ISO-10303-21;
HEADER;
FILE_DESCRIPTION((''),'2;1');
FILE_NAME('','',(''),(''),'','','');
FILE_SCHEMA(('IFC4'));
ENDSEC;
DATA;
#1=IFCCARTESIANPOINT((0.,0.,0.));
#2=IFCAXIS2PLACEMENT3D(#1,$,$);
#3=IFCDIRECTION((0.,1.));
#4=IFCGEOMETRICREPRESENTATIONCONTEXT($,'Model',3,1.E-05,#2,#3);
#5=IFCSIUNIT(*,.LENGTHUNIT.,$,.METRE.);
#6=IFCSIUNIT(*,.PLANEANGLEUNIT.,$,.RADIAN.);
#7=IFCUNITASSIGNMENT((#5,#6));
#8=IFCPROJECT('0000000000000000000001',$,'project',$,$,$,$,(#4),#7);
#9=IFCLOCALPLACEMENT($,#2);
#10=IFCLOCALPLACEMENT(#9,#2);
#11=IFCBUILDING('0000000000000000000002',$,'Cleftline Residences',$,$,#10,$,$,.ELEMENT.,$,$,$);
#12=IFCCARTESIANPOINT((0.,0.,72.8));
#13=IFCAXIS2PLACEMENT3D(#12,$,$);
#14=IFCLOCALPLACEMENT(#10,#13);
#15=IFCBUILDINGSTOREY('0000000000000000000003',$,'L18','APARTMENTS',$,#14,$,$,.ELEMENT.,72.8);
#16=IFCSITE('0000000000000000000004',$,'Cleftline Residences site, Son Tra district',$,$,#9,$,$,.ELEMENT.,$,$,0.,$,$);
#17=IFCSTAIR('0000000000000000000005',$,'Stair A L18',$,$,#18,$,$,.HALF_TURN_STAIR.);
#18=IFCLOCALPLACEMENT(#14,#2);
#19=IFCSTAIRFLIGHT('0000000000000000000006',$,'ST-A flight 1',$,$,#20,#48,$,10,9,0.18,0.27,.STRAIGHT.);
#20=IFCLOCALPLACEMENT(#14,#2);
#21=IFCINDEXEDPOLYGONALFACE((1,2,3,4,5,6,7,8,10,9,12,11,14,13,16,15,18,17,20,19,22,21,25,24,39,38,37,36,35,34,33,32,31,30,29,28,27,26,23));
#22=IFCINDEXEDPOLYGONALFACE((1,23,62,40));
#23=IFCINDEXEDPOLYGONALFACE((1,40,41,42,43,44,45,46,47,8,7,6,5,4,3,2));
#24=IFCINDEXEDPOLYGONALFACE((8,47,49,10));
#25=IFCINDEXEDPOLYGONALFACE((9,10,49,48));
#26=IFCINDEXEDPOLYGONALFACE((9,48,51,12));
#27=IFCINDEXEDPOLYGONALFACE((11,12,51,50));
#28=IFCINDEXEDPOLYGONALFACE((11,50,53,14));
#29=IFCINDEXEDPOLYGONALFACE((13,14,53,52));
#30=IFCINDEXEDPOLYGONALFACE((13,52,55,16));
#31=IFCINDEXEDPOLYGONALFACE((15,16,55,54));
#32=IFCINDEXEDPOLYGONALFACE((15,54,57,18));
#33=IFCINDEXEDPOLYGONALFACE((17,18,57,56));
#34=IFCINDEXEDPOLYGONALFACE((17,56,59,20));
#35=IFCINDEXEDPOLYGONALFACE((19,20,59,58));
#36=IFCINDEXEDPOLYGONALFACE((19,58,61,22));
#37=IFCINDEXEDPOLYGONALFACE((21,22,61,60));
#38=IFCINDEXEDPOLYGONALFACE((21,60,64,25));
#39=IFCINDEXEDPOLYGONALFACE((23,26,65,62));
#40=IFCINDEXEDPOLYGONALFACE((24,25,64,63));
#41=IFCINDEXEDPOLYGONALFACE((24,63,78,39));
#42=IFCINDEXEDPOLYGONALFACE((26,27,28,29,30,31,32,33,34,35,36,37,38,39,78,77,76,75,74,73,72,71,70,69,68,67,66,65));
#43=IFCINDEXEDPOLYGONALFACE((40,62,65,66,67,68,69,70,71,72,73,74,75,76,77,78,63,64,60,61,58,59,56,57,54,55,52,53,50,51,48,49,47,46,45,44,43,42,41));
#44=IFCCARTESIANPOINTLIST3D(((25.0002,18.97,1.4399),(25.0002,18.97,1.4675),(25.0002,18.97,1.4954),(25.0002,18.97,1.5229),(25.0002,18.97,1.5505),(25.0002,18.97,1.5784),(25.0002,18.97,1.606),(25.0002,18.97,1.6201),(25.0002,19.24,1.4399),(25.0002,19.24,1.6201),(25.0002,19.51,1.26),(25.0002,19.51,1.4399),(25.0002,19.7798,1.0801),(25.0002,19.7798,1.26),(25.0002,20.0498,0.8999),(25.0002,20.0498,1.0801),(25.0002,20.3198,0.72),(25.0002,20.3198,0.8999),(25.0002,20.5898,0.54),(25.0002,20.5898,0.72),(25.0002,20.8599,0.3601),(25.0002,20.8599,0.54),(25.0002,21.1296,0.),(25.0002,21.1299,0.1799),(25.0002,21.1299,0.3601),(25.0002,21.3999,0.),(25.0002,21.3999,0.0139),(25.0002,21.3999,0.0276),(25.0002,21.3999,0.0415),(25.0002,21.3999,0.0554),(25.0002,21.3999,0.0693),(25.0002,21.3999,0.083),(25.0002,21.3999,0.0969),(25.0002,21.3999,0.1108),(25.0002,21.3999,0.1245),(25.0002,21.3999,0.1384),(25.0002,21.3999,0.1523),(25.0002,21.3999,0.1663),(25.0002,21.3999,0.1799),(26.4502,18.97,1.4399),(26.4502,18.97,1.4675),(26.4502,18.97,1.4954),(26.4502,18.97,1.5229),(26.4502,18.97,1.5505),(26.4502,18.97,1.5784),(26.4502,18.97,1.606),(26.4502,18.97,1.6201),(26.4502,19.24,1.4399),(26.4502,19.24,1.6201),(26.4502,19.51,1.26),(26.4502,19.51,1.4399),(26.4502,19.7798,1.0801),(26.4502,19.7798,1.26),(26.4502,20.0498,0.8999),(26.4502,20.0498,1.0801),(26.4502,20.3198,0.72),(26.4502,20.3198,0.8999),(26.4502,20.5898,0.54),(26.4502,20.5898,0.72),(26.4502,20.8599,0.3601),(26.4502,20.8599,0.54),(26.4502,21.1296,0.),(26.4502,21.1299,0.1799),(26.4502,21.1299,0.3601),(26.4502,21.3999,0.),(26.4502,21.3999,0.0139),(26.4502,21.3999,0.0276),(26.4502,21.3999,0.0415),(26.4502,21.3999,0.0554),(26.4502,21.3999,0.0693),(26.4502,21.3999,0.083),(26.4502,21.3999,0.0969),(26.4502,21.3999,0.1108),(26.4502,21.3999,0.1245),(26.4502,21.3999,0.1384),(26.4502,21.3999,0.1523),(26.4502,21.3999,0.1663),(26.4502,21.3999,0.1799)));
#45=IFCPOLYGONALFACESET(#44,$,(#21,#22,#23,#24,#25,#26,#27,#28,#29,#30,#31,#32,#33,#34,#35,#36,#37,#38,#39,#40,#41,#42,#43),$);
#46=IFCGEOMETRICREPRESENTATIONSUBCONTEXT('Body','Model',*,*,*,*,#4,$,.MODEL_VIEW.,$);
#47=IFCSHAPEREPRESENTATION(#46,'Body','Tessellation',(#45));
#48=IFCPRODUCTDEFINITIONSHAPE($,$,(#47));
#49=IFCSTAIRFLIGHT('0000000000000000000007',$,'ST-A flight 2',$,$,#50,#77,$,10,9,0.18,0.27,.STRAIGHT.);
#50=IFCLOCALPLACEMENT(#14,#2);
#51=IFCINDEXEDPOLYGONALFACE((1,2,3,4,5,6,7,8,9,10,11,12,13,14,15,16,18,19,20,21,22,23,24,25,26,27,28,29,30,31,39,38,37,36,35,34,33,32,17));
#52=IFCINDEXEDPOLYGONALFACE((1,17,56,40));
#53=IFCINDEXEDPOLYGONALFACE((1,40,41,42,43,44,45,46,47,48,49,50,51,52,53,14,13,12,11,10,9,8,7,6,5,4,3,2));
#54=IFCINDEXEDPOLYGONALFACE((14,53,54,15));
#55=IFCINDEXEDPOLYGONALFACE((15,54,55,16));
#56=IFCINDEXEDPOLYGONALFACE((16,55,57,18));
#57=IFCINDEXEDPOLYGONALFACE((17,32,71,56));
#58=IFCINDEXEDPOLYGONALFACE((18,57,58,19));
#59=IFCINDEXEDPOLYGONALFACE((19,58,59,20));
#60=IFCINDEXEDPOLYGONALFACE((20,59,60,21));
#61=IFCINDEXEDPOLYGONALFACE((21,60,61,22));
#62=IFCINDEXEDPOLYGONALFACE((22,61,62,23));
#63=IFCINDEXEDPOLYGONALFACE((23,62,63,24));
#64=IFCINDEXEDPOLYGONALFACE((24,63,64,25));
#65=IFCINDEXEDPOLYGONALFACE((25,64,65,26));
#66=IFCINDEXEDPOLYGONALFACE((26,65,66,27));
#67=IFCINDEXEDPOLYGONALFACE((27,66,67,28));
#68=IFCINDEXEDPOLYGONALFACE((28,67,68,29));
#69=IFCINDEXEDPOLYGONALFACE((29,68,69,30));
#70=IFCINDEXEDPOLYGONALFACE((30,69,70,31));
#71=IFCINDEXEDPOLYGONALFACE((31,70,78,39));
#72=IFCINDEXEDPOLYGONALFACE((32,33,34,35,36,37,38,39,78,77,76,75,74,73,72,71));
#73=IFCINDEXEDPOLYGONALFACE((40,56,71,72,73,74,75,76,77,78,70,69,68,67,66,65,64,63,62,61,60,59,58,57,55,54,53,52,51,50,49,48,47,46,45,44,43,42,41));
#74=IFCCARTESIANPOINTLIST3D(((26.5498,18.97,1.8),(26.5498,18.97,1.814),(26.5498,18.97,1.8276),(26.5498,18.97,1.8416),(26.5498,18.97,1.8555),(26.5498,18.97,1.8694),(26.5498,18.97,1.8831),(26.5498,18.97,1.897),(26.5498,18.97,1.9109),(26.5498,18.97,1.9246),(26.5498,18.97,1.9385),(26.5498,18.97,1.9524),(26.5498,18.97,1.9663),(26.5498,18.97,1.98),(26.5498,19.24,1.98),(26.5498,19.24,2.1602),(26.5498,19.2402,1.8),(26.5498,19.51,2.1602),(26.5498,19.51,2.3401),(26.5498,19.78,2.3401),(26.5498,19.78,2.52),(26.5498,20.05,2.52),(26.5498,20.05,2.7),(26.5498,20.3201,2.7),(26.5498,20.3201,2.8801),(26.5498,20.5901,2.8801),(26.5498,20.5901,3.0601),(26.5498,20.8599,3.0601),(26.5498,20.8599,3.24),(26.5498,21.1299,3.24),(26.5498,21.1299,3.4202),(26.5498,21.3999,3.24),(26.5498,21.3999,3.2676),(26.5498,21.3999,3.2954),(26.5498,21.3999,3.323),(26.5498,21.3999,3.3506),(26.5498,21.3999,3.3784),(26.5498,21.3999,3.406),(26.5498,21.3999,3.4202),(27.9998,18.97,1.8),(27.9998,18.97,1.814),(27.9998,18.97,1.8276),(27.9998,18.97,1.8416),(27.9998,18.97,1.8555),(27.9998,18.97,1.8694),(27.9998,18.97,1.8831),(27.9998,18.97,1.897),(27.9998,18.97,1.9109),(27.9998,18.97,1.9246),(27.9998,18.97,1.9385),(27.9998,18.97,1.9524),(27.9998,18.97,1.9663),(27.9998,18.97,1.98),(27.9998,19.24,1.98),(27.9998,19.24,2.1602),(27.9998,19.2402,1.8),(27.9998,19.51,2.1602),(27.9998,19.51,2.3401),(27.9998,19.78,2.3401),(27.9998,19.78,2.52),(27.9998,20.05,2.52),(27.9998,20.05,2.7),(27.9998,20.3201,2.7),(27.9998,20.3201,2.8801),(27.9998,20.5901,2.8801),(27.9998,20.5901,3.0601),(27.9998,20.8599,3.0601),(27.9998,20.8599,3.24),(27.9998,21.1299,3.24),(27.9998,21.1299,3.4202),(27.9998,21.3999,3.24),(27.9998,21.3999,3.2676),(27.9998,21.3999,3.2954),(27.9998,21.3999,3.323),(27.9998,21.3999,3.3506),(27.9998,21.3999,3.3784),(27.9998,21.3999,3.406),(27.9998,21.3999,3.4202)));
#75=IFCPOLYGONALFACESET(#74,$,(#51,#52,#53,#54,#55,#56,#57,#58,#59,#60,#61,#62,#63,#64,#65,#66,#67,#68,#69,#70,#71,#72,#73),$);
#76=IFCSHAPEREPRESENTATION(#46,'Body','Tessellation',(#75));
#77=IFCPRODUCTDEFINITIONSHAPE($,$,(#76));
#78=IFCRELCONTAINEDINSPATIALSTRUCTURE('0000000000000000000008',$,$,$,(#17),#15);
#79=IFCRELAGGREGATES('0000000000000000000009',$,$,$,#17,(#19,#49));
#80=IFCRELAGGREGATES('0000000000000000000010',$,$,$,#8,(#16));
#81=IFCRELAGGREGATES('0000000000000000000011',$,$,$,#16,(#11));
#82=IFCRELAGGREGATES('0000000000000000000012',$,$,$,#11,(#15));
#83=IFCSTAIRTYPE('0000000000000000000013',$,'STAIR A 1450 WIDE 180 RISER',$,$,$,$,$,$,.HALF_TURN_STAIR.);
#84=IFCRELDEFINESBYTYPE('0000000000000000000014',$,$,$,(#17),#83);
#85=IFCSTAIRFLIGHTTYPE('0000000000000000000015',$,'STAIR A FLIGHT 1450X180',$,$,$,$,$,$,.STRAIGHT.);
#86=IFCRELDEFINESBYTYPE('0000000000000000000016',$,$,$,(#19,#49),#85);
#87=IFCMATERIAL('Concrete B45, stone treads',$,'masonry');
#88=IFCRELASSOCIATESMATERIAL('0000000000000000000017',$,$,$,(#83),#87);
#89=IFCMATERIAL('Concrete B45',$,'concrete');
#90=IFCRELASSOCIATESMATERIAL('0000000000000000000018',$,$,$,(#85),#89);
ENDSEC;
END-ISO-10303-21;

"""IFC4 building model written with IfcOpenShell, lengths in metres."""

from ifc_helpers import new_model, si_unit, direction, frame, origin, place, context, subcontext, project, spatial, polyline, outline, extrude, material, type_object, element, aggregate, save


model = new_model("IFC4")

# Units and contexts
model_context = context("Model", 3, precision=1e-05, world=origin(), true_north=direction((0.0, 1.0)))
body_context = subcontext(model_context, "Body", "Model", "MODEL_VIEW")
ifc_project = project(units=[si_unit("LENGTHUNIT", "METRE"), si_unit("PLANEANGLEUNIT", "RADIAN")], contexts=[model_context])

# Site, building, storey
site_placement = place(None, origin())
site = spatial("IfcSite", under=ifc_project, at=site_placement, Name="Cleftline Residences site, Son Tra district", CompositionType="ELEMENT", RefElevation=0.0)
building_placement = place(site_placement, origin())
building = spatial("IfcBuilding", under=site, at=building_placement, Name="Cleftline Residences", CompositionType="ELEMENT")
storey_placement = place(building_placement, frame((0.0, 0.0, 72.8)))
storey = spatial("IfcBuildingStorey", under=building, at=storey_placement, Name="L18", Description="APARTMENTS", CompositionType="ELEMENT", Elevation=72.8)

# Stair, stair flights
ifc_material_1 = material(Name="Concrete B45, stone treads", Category="masonry")
stair_type = type_object("IfcStairType", Name="STAIR A 1450 WIDE 180 RISER", PredefinedType="HALF_TURN_STAIR", material=ifc_material_1)
stair_placement = place(storey_placement, origin())
stair = element("IfcStair", 1, at=stair_placement, inside=storey, type_object=stair_type, Name="Stair A L18", PredefinedType="HALF_TURN_STAIR")
ifc_material_2 = material(Name="Concrete B45", Category="concrete")
stair_flight_type = type_object("IfcStairFlightType", Name="STAIR A FLIGHT 1450X180", PredefinedType="STRAIGHT", material=ifc_material_2)
stair_flight_1_placement = place(storey_placement, frame((25.7251, 21.3999, 0.0), z_axis=(0.0, 0.0, 1.0), x_axis=(0.0, -1.0, 0.0)))
stair_flight_1 = element("IfcStairFlight", 2, at=stair_flight_1_placement, type_object=stair_flight_type, Name="ST-A flight 1", NumberOfRisers=10, NumberOfTreads=9, PredefinedType="STRAIGHT", RiserHeight=0.18, TreadLength=0.27, context=body_context, shape_type="SweptSolid", body=[
    extrude(outline(polyline([(0.0, 0.0), (0.0, 0.0139), (0.0, 0.0276), (0.0, 0.0415), (0.0, 0.0554), (0.0, 0.0693), (0.0, 0.083), (0.0, 0.0969), (0.0, 0.1108), (0.0, 0.1245), (0.0, 0.1384), (0.0, 0.1523), (0.0, 0.1663), (0.0, 0.1799), (0.27, 0.1799), (0.27, 0.3601), (0.54, 0.3601), (0.54, 0.54), (0.8101, 0.54), (0.8101, 0.72), (1.0801, 0.72), (1.0801, 0.8999), (1.3501, 0.8999), (1.3501, 1.0801), (1.6201, 1.0801), (1.6201, 1.26), (1.8899, 1.26), (1.8899, 1.4399), (2.1599, 1.4399), (2.1599, 1.6201), (2.4299, 1.6201), (2.4299, 1.8), (2.4299, 1.7722), (2.4299, 1.7446), (2.4299, 1.7168), (2.4299, 1.6892), (2.4299, 1.6614), (2.4299, 1.6338), (2.4299, 1.606), (2.4299, 1.5784), (2.4299, 1.5505), (2.4299, 1.5229), (2.4299, 1.4954), (2.4299, 1.4675), (2.4299, 1.4399), (0.2703, 0.0), (0.0, 0.0)])), frame((0.0, 0.7251, 0.0), z_axis=(0.0, -1.0, 0.0), x_axis=(1.0, 0.0, 0.0)), (0.0, 0.0, 1.0), 1.45),
])
stair_flight_2_placement = place(storey_placement, frame((27.2749, 18.97, 1.8), z_axis=(0.0, 0.0, 1.0), x_axis=(0.0, 1.0, 0.0)))
stair_flight_2 = element("IfcStairFlight", 3, at=stair_flight_2_placement, type_object=stair_flight_type, Name="ST-A flight 2", NumberOfRisers=10, NumberOfTreads=9, PredefinedType="STRAIGHT", RiserHeight=0.18, TreadLength=0.27, context=body_context, shape_type="SweptSolid", body=[
    extrude(outline(polyline([(0.0, 0.0), (0.0, 0.0139), (0.0, 0.0276), (0.0, 0.0415), (0.0, 0.0554), (0.0, 0.0693), (0.0, 0.083), (0.0, 0.0969), (0.0, 0.1108), (0.0, 0.1245), (0.0, 0.1384), (0.0, 0.1523), (0.0, 0.1663), (0.0, 0.1799), (0.27, 0.1799), (0.27, 0.3601), (0.54, 0.3601), (0.54, 0.54), (0.8101, 0.54), (0.8101, 0.72), (1.0801, 0.72), (1.0801, 0.8999), (1.3501, 0.8999), (1.3501, 1.0801), (1.6201, 1.0801), (1.6201, 1.26), (1.8899, 1.26), (1.8899, 1.4399), (2.1599, 1.4399), (2.1599, 1.6201), (2.4299, 1.6201), (2.4299, 1.8), (2.4299, 1.7722), (2.4299, 1.7446), (2.4299, 1.7168), (2.4299, 1.6892), (2.4299, 1.6614), (2.4299, 1.6338), (2.4299, 1.606), (2.4299, 1.5784), (2.4299, 1.5505), (2.4299, 1.5229), (2.4299, 1.4954), (2.4299, 1.4675), (2.4299, 1.4399), (0.2703, 0.0), (0.0, 0.0)])), frame((0.0, 0.7251, 0.0), z_axis=(0.0, -1.0, 0.0), x_axis=(1.0, 0.0, 0.0)), (0.0, 0.0, 1.0), 1.45),
])
aggregate(stair, [stair_flight_1, stair_flight_2])

save(model, "model.ifc")
